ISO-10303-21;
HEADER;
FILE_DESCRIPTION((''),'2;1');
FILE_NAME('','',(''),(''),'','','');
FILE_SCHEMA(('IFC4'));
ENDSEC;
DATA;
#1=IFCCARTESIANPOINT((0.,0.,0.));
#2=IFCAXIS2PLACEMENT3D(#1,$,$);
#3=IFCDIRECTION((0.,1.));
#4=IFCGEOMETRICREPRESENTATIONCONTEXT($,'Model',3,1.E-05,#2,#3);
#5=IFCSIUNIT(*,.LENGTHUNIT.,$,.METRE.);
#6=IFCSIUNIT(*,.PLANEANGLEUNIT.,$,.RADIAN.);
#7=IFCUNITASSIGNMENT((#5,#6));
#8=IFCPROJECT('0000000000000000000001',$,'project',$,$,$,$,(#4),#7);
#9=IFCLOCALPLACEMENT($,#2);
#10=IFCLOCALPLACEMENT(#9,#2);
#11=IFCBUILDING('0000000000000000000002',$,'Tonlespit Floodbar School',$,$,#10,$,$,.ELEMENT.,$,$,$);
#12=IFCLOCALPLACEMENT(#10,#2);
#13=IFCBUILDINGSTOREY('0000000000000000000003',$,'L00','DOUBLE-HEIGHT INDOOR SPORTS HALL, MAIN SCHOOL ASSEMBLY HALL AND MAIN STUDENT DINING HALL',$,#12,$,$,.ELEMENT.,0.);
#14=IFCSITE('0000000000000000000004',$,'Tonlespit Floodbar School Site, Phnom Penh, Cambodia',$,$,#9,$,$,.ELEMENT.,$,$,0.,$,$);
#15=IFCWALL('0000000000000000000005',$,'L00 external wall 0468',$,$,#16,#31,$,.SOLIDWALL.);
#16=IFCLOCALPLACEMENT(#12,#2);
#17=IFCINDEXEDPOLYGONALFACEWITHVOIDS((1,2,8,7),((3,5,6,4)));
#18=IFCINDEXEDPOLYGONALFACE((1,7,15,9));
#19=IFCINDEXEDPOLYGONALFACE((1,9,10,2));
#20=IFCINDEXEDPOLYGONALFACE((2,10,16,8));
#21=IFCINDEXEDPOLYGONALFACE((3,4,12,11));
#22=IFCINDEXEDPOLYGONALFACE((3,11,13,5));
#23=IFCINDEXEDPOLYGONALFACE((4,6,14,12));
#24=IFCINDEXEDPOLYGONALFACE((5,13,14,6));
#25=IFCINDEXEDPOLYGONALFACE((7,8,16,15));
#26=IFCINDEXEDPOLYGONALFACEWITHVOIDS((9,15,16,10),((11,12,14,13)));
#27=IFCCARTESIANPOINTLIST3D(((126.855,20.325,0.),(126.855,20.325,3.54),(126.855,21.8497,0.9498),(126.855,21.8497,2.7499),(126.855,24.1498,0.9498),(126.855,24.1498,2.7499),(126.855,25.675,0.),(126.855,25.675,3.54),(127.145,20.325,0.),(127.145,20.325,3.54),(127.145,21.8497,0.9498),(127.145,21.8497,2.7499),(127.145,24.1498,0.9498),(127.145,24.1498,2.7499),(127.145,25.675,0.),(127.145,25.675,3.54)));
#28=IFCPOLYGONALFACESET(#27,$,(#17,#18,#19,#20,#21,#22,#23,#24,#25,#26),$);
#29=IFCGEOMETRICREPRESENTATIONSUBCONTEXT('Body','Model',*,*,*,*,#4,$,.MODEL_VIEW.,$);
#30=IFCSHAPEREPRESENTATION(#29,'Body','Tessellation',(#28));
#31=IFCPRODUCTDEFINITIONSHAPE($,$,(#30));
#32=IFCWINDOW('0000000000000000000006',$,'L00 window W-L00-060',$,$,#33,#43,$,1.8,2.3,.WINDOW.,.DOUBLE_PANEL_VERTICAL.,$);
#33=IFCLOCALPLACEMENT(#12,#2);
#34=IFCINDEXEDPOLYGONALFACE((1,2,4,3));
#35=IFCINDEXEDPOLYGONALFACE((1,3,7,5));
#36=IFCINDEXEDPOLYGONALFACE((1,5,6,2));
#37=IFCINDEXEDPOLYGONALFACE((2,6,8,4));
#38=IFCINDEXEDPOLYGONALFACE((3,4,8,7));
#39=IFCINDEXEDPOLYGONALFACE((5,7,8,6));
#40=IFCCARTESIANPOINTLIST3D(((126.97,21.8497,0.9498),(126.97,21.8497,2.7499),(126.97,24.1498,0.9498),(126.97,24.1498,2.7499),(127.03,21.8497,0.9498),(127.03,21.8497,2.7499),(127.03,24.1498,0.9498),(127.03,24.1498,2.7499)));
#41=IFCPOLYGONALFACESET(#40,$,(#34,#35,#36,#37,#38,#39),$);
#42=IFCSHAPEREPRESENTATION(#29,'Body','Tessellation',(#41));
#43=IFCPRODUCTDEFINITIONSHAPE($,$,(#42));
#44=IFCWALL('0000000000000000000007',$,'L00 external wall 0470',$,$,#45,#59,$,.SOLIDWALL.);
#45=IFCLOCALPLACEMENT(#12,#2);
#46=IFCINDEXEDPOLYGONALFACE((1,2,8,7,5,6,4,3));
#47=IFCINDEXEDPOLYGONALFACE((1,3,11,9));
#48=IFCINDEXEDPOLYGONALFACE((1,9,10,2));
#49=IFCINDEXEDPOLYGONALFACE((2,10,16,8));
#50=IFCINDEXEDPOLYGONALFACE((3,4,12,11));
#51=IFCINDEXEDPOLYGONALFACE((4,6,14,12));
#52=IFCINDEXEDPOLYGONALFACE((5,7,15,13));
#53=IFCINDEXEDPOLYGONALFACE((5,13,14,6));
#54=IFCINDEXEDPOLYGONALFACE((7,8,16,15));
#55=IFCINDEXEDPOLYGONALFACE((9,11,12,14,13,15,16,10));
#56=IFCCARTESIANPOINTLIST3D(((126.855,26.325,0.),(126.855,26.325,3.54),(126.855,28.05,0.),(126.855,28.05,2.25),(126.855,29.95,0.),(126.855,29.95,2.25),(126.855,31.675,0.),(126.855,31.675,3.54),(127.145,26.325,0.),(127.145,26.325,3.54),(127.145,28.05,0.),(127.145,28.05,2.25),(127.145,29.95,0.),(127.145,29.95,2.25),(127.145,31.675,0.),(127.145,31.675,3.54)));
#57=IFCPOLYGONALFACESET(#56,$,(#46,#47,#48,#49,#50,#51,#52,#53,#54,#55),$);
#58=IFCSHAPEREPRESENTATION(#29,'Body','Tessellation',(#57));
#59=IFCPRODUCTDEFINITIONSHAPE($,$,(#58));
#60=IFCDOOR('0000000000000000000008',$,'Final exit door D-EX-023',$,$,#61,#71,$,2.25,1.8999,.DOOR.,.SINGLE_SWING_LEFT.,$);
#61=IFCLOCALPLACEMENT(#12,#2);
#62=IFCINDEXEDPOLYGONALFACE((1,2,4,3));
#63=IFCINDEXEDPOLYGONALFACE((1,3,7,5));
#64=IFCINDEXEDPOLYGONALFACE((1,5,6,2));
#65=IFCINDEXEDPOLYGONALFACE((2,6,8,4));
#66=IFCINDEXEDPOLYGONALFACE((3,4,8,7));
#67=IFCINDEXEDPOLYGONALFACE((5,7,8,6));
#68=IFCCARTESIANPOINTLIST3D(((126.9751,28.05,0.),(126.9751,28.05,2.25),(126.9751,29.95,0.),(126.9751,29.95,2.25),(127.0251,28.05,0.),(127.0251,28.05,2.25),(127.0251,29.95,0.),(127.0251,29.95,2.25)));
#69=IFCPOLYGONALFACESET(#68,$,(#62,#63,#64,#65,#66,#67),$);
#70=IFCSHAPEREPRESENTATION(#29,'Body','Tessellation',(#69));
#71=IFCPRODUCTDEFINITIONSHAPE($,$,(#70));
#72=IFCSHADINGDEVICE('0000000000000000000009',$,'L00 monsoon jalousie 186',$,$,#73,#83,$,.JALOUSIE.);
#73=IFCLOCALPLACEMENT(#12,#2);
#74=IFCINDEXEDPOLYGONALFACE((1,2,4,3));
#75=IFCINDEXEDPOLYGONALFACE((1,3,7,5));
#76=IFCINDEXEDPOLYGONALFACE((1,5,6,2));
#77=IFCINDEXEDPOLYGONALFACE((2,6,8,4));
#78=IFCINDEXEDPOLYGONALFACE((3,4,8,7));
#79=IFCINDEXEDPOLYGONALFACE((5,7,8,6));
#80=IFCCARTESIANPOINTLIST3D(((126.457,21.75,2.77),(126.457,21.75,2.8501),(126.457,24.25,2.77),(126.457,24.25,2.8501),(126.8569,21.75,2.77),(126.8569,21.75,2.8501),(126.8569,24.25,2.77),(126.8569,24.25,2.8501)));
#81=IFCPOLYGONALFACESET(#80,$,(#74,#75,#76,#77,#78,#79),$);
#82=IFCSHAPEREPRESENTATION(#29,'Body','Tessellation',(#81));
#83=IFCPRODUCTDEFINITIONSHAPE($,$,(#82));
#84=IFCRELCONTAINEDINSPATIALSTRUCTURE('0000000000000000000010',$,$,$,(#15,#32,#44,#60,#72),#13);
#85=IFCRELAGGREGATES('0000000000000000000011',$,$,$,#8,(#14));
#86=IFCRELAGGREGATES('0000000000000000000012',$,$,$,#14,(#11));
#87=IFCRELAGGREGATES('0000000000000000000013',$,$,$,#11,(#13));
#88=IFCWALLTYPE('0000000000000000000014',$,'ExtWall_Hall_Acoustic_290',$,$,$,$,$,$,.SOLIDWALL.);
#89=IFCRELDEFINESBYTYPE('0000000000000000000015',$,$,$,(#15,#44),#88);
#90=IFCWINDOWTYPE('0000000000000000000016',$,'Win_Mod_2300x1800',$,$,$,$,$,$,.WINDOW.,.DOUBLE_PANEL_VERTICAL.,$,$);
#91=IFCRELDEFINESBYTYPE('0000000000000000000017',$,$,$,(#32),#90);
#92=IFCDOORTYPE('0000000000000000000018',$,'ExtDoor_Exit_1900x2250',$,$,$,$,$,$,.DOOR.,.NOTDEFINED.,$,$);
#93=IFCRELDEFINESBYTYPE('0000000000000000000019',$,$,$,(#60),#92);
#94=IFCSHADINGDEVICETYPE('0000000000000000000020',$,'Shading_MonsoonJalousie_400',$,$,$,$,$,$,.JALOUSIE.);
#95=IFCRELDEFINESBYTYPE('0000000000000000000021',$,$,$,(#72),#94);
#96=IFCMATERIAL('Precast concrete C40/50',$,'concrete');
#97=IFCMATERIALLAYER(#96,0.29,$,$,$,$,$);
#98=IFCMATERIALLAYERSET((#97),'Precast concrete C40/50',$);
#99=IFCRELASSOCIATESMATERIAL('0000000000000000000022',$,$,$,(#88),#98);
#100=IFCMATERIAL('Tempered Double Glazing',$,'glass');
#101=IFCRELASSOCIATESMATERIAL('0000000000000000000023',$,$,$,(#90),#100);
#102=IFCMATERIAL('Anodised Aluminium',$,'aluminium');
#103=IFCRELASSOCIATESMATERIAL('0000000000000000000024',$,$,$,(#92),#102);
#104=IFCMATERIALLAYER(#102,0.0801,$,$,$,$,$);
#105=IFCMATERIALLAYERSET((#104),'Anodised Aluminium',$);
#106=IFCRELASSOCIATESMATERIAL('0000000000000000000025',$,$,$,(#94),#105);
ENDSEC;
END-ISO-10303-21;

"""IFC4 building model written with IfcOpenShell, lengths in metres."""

from ifc_helpers import new_model, si_unit, direction, frame, frame_2d, origin, origin_2d, place, context, subcontext, project, spatial, rectangle, extrude, material, layer, layer_set, type_object, element, fill, save


model = new_model("IFC4")

# Units and contexts
model_context = context("Model", 3, precision=1e-05, world=origin(), true_north=direction((0.0, 1.0)))
body_context = subcontext(model_context, "Body", "Model", "MODEL_VIEW")
ifc_project = project(units=[si_unit("LENGTHUNIT", "METRE"), si_unit("PLANEANGLEUNIT", "RADIAN")], contexts=[model_context])

# Site, building, storey
site_placement = place(None, origin())
site = spatial("IfcSite", under=ifc_project, at=site_placement, Name="Tonlespit Floodbar School Site, Phnom Penh, Cambodia", CompositionType="ELEMENT", RefElevation=0.0)
building_placement = place(site_placement, origin())
building = spatial("IfcBuilding", under=site, at=building_placement, Name="Tonlespit Floodbar School", CompositionType="ELEMENT")
storey_placement = place(building_placement, origin())
storey = spatial("IfcBuildingStorey", under=building, at=storey_placement, Name="L00", Description="DOUBLE-HEIGHT INDOOR SPORTS HALL, MAIN SCHOOL ASSEMBLY HALL AND MAIN STUDENT DINING HALL", CompositionType="ELEMENT", Elevation=0.0)

# Wall, opening, window
ifc_material_1 = material(Name="Precast concrete C40/50", Category="concrete")
ifc_layer_1 = layer(ifc_material_1, 0.29)
ifc_layer_set_1 = layer_set([ifc_layer_1], Name="Precast concrete C40/50")
wall_type = type_object("IfcWallType", Name="ExtWall_Hall_Acoustic_290", PredefinedType="SOLIDWALL", material=ifc_layer_set_1)
wall_1_placement = place(storey_placement, frame((127.0, 20.325, 0.0), z_axis=(0.0, 0.0, 1.0), x_axis=(0.0, 1.0, 0.0)))
wall_1 = element("IfcWall", 1, at=wall_1_placement, inside=storey, type_object=wall_type, Name="L00 external wall 0468", PredefinedType="SOLIDWALL", context=body_context, shape_type="SweptSolid", body=[
    extrude(rectangle(XDim=5.3501, YDim=0.29, at=frame_2d((2.675, 0.0))), origin(), (0.0, 0.0, 1.0), 3.54),
])
opening_1_placement = place(wall_1_placement, frame((1.5249, 0.0, 0.95)))
opening_1 = element("IfcOpeningElement", 2, at=opening_1_placement, cuts=wall_1, PredefinedType="OPENING", context=body_context, shape_type="SweptSolid", body=[
    extrude(rectangle(XDim=2.3, YDim=1.8, at=frame_2d((1.1499, 0.8999))), frame((0.0, 0.155, 0.0), z_axis=(0.0, -1.0, 0.0), x_axis=(1.0, 0.0, 0.0)), (0.0, 0.0, 1.0), 0.3101),
])
ifc_material_2 = material(Name="Tempered Double Glazing", Category="glass")
window_type = type_object("IfcWindowType", Name="Win_Mod_2300x1800", PartitioningType="DOUBLE_PANEL_VERTICAL", PredefinedType="WINDOW", material=ifc_material_2)
window_placement = place(opening_1_placement, origin())
window = element("IfcWindow", 3, at=window_placement, inside=storey, type_object=window_type, Name="L00 window W-L00-060", OverallHeight=1.8, OverallWidth=2.3, PartitioningType="DOUBLE_PANEL_VERTICAL", PredefinedType="WINDOW", context=body_context, shape_type="SweptSolid", body=[
    extrude(rectangle(XDim=2.3, YDim=1.8, at=frame_2d((1.1499, 0.8999))), frame((0.0, 0.03, 0.0), z_axis=(0.0, -1.0, 0.0), x_axis=(1.0, 0.0, 0.0)), (0.0, 0.0, 1.0), 0.0601),
])
fill(opening_1, window)

# Wall, opening, door
wall_2_placement = place(storey_placement, frame((127.0, 26.325, 0.0), z_axis=(0.0, 0.0, 1.0), x_axis=(0.0, 1.0, 0.0)))
wall_2 = element("IfcWall", 4, at=wall_2_placement, inside=storey, type_object=wall_type, Name="L00 external wall 0470", PredefinedType="SOLIDWALL", context=body_context, shape_type="SweptSolid", body=[
    extrude(rectangle(XDim=5.3501, YDim=0.29, at=frame_2d((2.675, 0.0))), origin(), (0.0, 0.0, 1.0), 3.54),
])
opening_2_placement = place(wall_2_placement, frame((1.7251, 0.0, 0.0)))
opening_2 = element("IfcOpeningElement", 5, at=opening_2_placement, cuts=wall_2, PredefinedType="OPENING", context=body_context, shape_type="SweptSolid", body=[
    extrude(rectangle(XDim=1.8999, YDim=2.25, at=frame_2d((0.95, 1.125))), frame((0.0, 0.155, 0.0), z_axis=(0.0, -1.0, 0.0), x_axis=(1.0, 0.0, 0.0)), (0.0, 0.0, 1.0), 0.3101),
])
ifc_material_3 = material(Name="Anodised Aluminium", Category="aluminium")
door_type = type_object("IfcDoorType", Name="ExtDoor_Exit_1900x2250", OperationType="NOTDEFINED", PredefinedType="DOOR", material=ifc_material_3)
door_placement = place(opening_2_placement, origin())
door = element("IfcDoor", 6, at=door_placement, inside=storey, type_object=door_type, Name="Final exit door D-EX-023", OperationType="SINGLE_SWING_LEFT", OverallHeight=2.25, OverallWidth=1.8999, PredefinedType="DOOR", context=body_context, shape_type="SweptSolid", body=[
    extrude(rectangle(XDim=1.8999, YDim=2.25, at=frame_2d((0.95, 1.125))), frame((0.0, 0.0249, 0.0), z_axis=(0.0, -1.0, 0.0), x_axis=(1.0, 0.0, 0.0)), (0.0, 0.0, 1.0), 0.05),
])
fill(opening_2, door)

# Shading device
ifc_layer_2 = layer(ifc_material_3, 0.0801)
ifc_layer_set_2 = layer_set([ifc_layer_2], Name="Anodised Aluminium")
shading_device_type = type_object("IfcShadingDeviceType", Name="Shading_MonsoonJalousie_400", PredefinedType="JALOUSIE", material=ifc_layer_set_2)
shading_device_placement = place(storey_placement, frame((126.657, 23.0, 2.77), z_axis=(0.0, 0.0, 1.0), x_axis=(0.0, 1.0, 0.0)))
element("IfcShadingDevice", 7, at=shading_device_placement, inside=storey, type_object=shading_device_type, Name="L00 monsoon jalousie 186", PredefinedType="JALOUSIE", context=body_context, shape_type="SweptSolid", body=[
    extrude(rectangle(XDim=2.5, YDim=0.3999, at=origin_2d()), origin(), (0.0, 0.0, 1.0), 0.0801),
])

save(model, "model.ifc")
